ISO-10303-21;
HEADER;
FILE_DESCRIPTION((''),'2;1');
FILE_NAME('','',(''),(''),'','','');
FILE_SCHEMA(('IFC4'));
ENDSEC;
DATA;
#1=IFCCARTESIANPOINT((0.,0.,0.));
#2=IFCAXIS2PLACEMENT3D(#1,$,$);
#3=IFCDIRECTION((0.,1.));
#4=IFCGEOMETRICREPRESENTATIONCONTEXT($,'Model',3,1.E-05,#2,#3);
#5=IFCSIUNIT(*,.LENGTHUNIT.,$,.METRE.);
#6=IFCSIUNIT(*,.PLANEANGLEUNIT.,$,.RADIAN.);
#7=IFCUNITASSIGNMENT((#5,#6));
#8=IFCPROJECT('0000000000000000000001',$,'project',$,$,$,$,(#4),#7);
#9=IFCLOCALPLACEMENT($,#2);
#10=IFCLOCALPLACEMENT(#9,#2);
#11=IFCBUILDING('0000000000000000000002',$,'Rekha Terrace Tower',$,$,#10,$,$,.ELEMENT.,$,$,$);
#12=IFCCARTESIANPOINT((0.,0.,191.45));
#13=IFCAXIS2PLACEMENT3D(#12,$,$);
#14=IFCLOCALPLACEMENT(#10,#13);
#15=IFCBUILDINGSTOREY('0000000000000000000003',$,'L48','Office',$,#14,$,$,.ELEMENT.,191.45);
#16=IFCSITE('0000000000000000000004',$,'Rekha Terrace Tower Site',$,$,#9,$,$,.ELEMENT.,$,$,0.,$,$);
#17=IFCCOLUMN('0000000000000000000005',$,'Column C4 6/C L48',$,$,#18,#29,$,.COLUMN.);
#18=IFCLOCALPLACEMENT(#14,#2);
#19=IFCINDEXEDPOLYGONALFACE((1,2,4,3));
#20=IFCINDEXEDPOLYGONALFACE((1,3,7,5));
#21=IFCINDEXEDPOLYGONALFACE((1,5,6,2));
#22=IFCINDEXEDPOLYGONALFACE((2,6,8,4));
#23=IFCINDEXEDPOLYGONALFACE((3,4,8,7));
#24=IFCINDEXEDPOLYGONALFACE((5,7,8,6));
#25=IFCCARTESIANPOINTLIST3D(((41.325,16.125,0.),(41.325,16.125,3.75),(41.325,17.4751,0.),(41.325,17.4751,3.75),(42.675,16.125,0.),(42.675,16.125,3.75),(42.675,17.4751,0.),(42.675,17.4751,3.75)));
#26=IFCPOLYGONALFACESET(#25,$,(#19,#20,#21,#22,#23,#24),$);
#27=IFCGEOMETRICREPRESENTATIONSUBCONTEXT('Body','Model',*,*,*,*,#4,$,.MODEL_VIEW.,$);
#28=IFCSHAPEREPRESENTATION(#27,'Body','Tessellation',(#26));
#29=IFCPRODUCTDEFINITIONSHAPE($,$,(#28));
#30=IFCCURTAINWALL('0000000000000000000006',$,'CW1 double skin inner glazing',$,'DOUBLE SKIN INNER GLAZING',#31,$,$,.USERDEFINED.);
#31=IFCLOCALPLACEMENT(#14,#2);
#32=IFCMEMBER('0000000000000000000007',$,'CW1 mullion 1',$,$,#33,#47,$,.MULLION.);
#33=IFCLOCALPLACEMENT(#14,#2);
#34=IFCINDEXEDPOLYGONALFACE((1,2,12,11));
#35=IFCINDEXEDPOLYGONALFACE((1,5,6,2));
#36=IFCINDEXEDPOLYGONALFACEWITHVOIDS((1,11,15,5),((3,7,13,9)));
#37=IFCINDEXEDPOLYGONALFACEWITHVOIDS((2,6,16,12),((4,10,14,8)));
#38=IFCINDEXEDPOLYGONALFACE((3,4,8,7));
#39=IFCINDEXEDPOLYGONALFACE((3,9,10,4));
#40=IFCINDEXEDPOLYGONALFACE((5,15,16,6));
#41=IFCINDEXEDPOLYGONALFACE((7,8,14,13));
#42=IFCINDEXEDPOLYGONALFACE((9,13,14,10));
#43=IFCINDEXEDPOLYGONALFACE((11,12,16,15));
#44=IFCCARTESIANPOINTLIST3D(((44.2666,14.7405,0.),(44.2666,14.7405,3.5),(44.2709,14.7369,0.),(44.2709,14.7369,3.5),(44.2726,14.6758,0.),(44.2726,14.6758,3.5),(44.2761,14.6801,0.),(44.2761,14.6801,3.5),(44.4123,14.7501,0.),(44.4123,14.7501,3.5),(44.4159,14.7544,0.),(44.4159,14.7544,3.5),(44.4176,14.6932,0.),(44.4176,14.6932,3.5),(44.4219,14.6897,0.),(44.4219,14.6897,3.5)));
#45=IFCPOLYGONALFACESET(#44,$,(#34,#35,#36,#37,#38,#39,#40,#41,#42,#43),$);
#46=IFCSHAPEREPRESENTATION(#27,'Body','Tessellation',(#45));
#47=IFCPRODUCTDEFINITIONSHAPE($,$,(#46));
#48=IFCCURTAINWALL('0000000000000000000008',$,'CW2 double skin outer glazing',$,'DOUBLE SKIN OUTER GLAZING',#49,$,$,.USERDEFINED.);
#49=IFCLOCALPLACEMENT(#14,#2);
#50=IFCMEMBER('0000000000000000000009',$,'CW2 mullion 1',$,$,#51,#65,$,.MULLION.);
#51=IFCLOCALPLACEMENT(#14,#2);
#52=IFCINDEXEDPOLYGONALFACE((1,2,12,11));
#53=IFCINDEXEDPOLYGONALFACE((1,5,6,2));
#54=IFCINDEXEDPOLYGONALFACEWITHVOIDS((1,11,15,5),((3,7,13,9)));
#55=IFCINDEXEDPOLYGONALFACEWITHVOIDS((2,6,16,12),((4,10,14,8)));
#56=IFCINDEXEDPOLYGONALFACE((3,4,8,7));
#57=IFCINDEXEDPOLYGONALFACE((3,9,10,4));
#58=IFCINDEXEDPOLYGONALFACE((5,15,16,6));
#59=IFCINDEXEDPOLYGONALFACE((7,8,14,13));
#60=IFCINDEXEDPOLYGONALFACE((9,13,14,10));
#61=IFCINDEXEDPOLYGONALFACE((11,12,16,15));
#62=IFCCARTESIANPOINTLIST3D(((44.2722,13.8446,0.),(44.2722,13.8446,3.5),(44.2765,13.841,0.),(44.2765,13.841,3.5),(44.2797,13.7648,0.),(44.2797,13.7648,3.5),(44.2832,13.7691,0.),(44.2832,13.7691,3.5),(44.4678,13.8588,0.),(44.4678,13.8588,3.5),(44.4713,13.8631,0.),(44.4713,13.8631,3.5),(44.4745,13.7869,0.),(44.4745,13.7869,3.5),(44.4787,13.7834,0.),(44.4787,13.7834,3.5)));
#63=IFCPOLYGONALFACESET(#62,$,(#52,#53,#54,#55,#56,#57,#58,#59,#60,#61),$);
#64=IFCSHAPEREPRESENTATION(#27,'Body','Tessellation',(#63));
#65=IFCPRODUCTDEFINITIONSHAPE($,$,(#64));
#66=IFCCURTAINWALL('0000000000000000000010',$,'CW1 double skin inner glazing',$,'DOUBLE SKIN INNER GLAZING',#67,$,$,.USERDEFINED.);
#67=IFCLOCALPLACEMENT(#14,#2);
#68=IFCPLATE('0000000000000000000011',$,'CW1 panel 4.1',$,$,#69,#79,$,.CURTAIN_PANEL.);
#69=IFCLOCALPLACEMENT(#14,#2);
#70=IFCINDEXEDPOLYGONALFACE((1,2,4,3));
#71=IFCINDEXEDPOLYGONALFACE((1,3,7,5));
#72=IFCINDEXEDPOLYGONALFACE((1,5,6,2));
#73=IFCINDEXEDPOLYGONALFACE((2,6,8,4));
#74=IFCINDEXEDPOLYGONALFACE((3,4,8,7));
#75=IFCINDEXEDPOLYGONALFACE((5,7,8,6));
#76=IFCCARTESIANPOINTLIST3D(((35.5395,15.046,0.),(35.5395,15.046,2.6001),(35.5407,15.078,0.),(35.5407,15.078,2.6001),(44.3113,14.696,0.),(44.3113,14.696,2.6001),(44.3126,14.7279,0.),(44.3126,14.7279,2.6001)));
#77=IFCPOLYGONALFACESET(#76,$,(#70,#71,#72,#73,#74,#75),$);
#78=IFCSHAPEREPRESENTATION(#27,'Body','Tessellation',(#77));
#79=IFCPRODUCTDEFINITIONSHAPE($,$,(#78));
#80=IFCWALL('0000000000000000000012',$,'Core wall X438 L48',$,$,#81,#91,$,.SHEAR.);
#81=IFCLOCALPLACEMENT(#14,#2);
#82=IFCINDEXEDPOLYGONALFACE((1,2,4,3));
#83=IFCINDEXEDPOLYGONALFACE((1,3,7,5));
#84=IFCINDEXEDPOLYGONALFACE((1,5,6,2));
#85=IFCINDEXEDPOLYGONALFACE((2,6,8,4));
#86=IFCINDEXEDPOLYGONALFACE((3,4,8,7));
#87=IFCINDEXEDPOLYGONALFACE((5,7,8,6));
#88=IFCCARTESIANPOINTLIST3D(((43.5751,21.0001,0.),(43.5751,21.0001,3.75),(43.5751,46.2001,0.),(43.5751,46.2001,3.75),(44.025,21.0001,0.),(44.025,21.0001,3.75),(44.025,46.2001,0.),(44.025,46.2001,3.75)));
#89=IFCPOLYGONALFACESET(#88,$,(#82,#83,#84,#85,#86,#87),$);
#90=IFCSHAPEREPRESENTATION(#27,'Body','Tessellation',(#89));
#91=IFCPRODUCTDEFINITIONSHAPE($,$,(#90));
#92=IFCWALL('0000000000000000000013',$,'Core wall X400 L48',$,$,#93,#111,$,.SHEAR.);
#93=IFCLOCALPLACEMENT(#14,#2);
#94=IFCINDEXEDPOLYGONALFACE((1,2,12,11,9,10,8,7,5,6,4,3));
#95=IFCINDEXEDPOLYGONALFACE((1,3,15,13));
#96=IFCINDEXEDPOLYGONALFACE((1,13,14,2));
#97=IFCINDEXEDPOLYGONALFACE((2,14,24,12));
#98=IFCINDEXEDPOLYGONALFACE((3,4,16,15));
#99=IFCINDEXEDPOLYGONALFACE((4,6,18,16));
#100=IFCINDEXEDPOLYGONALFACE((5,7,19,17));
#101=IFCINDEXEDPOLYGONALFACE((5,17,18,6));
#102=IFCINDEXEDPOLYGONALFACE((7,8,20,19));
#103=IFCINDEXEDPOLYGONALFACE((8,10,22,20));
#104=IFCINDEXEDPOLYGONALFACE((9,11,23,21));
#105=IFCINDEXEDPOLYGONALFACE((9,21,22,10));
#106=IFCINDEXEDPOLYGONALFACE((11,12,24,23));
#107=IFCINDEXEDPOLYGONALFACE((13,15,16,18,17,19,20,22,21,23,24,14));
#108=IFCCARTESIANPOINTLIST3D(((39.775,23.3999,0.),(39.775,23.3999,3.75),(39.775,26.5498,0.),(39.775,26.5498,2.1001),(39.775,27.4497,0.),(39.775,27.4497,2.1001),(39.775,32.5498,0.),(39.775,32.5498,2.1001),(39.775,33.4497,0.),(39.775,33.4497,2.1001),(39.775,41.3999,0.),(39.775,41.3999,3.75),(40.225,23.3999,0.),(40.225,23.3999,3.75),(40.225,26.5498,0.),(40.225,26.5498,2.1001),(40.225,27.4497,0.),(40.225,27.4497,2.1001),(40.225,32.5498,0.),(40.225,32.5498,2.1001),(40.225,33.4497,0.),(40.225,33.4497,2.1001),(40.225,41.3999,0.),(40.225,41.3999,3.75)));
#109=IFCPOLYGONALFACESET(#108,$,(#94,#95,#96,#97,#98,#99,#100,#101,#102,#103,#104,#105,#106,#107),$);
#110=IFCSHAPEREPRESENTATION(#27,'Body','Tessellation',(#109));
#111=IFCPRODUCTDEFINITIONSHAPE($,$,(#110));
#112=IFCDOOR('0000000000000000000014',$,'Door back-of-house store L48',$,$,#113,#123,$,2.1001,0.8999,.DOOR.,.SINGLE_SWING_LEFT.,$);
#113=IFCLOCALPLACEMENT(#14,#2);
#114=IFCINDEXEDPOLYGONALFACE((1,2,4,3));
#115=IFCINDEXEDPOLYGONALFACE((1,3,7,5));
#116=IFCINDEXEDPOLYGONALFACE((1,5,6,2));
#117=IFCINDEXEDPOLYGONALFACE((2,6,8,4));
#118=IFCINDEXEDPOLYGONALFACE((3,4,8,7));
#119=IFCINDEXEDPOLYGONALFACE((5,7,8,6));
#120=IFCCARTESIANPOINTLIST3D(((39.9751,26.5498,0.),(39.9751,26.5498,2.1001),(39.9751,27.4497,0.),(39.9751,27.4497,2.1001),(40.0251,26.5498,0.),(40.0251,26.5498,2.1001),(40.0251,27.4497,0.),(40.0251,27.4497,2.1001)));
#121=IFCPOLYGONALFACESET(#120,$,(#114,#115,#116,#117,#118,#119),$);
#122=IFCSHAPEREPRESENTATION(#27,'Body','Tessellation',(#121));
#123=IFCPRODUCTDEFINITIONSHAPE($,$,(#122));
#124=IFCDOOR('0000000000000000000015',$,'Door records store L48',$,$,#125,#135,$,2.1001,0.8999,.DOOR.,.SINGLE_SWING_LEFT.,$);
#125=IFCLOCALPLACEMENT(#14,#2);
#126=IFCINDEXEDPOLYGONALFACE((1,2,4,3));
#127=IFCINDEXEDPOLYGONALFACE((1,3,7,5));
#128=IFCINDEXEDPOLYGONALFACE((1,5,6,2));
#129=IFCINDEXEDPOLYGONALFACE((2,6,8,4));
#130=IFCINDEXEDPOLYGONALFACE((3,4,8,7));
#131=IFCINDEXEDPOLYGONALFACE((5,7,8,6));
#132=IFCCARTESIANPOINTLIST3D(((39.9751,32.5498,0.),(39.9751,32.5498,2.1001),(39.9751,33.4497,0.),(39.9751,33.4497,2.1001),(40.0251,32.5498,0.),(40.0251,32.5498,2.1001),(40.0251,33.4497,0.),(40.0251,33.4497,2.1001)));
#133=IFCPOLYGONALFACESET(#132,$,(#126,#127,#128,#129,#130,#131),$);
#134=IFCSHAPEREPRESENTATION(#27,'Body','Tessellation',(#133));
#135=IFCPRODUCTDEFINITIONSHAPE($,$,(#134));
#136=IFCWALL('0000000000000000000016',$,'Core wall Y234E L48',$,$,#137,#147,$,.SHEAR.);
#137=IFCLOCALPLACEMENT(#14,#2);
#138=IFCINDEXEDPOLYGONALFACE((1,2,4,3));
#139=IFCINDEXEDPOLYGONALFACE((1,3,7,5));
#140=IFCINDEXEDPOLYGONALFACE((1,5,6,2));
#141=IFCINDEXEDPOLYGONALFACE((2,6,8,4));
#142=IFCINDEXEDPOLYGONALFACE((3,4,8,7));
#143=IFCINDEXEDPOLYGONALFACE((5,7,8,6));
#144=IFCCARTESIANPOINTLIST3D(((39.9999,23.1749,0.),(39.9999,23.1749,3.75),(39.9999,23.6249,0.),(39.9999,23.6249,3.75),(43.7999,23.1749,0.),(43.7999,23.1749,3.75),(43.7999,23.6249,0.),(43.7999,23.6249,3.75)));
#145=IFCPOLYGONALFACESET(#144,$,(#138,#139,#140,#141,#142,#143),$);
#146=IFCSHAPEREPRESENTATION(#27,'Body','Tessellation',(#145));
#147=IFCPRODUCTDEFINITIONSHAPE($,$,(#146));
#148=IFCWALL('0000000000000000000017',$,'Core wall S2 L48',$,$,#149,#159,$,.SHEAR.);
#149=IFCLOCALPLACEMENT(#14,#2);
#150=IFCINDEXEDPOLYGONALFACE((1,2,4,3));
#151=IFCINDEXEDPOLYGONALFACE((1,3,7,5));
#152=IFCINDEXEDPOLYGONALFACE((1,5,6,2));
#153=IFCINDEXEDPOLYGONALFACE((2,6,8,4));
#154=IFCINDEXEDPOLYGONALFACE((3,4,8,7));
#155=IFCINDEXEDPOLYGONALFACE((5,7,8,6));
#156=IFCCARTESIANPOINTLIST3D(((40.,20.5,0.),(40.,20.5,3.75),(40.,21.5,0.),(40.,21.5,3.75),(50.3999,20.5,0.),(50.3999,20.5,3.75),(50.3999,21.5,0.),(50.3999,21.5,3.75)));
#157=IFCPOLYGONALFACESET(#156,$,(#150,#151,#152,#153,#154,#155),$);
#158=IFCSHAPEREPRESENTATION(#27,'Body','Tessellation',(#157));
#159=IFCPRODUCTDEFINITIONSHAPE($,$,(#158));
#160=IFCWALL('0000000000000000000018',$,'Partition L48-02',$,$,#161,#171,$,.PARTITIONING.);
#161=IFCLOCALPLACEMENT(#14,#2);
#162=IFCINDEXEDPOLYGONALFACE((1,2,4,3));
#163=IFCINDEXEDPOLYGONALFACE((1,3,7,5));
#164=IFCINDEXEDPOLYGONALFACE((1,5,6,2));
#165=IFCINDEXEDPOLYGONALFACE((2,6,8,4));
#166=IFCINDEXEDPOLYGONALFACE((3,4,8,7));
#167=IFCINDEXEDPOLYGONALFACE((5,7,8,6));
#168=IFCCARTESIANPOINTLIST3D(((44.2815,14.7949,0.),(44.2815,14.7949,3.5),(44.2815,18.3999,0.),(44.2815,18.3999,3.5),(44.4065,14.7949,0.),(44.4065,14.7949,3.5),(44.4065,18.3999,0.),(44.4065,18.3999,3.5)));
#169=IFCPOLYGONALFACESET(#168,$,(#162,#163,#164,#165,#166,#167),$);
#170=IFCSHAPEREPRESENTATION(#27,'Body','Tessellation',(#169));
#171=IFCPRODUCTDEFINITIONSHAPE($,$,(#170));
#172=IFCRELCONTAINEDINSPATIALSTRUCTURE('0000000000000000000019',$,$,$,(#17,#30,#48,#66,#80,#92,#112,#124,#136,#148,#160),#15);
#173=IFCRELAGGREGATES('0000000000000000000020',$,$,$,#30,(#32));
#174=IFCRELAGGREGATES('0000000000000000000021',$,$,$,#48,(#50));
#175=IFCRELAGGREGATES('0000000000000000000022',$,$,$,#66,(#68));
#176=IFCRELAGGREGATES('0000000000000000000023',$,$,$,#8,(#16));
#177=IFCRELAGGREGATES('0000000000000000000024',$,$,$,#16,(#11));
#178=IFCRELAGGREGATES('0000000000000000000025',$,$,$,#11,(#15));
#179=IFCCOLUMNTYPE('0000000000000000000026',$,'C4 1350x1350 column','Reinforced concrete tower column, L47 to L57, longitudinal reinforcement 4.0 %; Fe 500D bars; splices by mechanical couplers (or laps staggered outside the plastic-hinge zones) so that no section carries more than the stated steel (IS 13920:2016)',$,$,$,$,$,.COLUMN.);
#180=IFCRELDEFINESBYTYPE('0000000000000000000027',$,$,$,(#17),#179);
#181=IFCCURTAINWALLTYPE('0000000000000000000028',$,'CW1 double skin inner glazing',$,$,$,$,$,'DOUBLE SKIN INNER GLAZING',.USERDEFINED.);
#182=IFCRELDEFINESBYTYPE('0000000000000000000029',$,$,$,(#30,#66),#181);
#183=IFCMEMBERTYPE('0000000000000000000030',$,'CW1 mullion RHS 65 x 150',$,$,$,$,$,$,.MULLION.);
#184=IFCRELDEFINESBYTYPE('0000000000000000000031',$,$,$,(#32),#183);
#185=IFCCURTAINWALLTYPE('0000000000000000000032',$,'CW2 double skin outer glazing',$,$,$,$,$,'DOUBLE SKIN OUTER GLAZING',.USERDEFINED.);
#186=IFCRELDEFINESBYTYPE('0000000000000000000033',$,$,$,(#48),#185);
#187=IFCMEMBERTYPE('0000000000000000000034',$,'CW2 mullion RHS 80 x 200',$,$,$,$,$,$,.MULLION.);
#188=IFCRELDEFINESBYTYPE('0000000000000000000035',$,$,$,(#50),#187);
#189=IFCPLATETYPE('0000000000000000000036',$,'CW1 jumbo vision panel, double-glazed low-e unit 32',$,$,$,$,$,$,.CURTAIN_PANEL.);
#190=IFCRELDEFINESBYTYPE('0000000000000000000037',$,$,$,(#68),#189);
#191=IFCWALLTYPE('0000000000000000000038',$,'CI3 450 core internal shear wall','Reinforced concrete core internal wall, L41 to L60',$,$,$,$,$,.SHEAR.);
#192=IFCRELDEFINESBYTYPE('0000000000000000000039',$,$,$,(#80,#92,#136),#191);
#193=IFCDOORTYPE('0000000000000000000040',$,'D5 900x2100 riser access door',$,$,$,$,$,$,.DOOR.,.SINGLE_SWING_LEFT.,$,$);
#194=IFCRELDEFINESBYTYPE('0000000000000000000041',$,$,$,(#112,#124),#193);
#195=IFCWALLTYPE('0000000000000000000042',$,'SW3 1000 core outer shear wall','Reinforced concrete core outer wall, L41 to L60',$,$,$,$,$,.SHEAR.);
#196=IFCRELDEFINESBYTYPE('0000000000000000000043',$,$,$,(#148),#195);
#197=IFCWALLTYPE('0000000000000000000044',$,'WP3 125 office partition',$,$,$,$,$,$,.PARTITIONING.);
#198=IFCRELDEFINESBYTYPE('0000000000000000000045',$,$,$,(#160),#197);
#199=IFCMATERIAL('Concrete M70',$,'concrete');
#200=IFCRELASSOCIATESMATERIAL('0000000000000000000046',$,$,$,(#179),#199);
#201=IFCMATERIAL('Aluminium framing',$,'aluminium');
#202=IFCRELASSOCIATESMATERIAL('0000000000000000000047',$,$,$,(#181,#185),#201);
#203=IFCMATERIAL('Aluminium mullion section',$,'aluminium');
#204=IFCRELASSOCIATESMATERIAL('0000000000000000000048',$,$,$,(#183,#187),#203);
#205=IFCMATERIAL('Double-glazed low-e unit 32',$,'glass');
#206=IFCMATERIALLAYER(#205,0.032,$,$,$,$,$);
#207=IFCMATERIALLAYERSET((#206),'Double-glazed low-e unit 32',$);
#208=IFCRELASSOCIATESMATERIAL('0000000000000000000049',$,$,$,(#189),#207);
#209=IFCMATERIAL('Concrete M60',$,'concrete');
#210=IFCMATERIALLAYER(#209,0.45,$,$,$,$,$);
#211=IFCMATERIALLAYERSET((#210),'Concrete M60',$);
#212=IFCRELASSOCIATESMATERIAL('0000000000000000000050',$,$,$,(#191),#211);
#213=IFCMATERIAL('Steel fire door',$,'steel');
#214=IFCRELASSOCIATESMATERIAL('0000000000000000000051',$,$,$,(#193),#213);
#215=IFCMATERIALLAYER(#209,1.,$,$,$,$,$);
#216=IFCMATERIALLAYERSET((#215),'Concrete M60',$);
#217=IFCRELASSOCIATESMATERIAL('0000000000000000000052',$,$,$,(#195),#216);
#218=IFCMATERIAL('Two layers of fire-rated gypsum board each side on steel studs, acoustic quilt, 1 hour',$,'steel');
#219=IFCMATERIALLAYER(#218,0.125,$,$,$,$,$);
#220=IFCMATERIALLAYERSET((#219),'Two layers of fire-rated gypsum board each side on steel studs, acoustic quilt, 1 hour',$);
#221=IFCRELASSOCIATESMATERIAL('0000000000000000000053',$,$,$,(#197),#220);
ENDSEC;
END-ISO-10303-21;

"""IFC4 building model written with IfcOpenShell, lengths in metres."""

from ifc_helpers import new_model, si_unit, direction, frame, frame_2d, origin, origin_2d, place, context, subcontext, project, spatial, rectangle, hollow_rectangle, extrude, material, layer, layer_set, material_profile, profile_set, type_object, element, fill, aggregate, save


model = new_model("IFC4")

# Units and contexts
model_context = context("Model", 3, precision=1e-05, world=origin(), true_north=direction((0.0, 1.0)))
body_context = subcontext(model_context, "Body", "Model", "MODEL_VIEW")
ifc_project = project(units=[si_unit("LENGTHUNIT", "METRE"), si_unit("PLANEANGLEUNIT", "RADIAN")], contexts=[model_context])

# Site, building, storey
site_placement = place(None, origin())
site = spatial("IfcSite", under=ifc_project, at=site_placement, Name="Rekha Terrace Tower Site", CompositionType="ELEMENT", RefElevation=0.0)
building_placement = place(site_placement, origin())
building = spatial("IfcBuilding", under=site, at=building_placement, Name="Rekha Terrace Tower", CompositionType="ELEMENT")
storey_placement = place(building_placement, frame((0.0, 0.0, 191.45)))
storey = spatial("IfcBuildingStorey", under=building, at=storey_placement, Name="L48", Description="Office", CompositionType="ELEMENT", Elevation=191.45)

# Column
ifc_material_1 = material(Name="Concrete M70", Category="concrete")
ifc_material_profile_1 = material_profile(ifc_material_1, rectangle(XDim=1.3501, YDim=1.3501, at=origin_2d()), Name="RC 1350x1350")
ifc_profile_set_1 = profile_set([ifc_material_profile_1], Name="Concrete M70")
column_type = type_object("IfcColumnType", Name="C4 1350x1350 column", Description="Reinforced concrete tower column, L47 to L57, longitudinal reinforcement 4.0 %; Fe 500D bars; splices by mechanical couplers (or laps staggered outside the plastic-hinge zones) so that no section carries more than the stated steel (IS 13920:2016)", PredefinedType="COLUMN", material=ifc_profile_set_1)
column_placement = place(storey_placement, frame((42.0, 16.8, 0.0), z_axis=(0.0, 0.0, 1.0), x_axis=(1.0, 0.0, 0.0)))
element("IfcColumn", 1, at=column_placement, inside=storey, type_object=column_type, Name="Column C4 6/C L48", PredefinedType="COLUMN", context=body_context, shape_type="SweptSolid", body=[
    extrude(rectangle(XDim=1.3501, YDim=1.3501, at=origin_2d()), origin(), (0.0, 0.0, 1.0), 3.75),
])

# Curtain walls, members
ifc_material_2 = material(Name="Aluminium framing", Category="aluminium")
curtain_wall_type_1 = type_object("IfcCurtainWallType", Name="CW1 double skin inner glazing", ElementType="DOUBLE SKIN INNER GLAZING", PredefinedType="USERDEFINED", material=ifc_material_2)
curtain_wall_1_placement = place(storey_placement, origin())
curtain_wall_1 = element("IfcCurtainWall", 2, at=curtain_wall_1_placement, inside=storey, type_object=curtain_wall_type_1, Name="CW1 double skin inner glazing", ObjectType="DOUBLE SKIN INNER GLAZING", PredefinedType="USERDEFINED")
ifc_material_3 = material(Name="Aluminium mullion section", Category="aluminium")
ifc_material_profile_2 = material_profile(ifc_material_3, hollow_rectangle(XDim=0.0649, YDim=0.1499, WallThickness=0.0039, at=origin_2d()), Name="AL RHS 65x150")
ifc_profile_set_2 = profile_set([ifc_material_profile_2], Name="Aluminium mullion section")
member_type_1 = type_object("IfcMemberType", Name="CW1 mullion RHS 65 x 150", PredefinedType="MULLION", material=ifc_profile_set_2)
member_1_placement = place(storey_placement, frame((44.3442, 14.7151, 0.0), z_axis=(0.0, 0.0, 1.0), x_axis=(-0.092709, 0.995693, 0.0)))
member_1 = element("IfcMember", 3, at=member_1_placement, type_object=member_type_1, Name="CW1 mullion 1", PredefinedType="MULLION", context=body_context, shape_type="SweptSolid", body=[
    extrude(hollow_rectangle(XDim=0.0649, YDim=0.1499, WallThickness=0.0039, at=origin_2d()), origin(), (0.0, 0.0, 1.0), 3.5),
])
aggregate(curtain_wall_1, [member_1])
curtain_wall_type_2 = type_object("IfcCurtainWallType", Name="CW2 double skin outer glazing", ElementType="DOUBLE SKIN OUTER GLAZING", PredefinedType="USERDEFINED", material=ifc_material_2)
curtain_wall_2_placement = place(storey_placement, origin())
curtain_wall_2 = element("IfcCurtainWall", 4, at=curtain_wall_2_placement, inside=storey, type_object=curtain_wall_type_2, Name="CW2 double skin outer glazing", ObjectType="DOUBLE SKIN OUTER GLAZING", PredefinedType="USERDEFINED")
ifc_material_profile_3 = material_profile(ifc_material_3, hollow_rectangle(XDim=0.0801, YDim=0.2, WallThickness=0.0039, at=origin_2d()), Name="AL RHS 80x200")
ifc_profile_set_3 = profile_set([ifc_material_profile_3], Name="Aluminium mullion section")
member_type_2 = type_object("IfcMemberType", Name="CW2 mullion RHS 80 x 200", PredefinedType="MULLION", material=ifc_profile_set_3)
member_2_placement = place(storey_placement, frame((44.3755, 13.814, 0.0), z_axis=(0.0, 0.0, 1.0), x_axis=(-0.092709, 0.995693, 0.0)))
member_2 = element("IfcMember", 5, at=member_2_placement, type_object=member_type_2, Name="CW2 mullion 1", PredefinedType="MULLION", context=body_context, shape_type="SweptSolid", body=[
    extrude(hollow_rectangle(XDim=0.0801, YDim=0.2, WallThickness=0.0039, at=origin_2d()), origin(), (0.0, 0.0, 1.0), 3.5),
])
aggregate(curtain_wall_2, [member_2])

# Curtain wall, plate
curtain_wall_3_placement = place(storey_placement, origin())
curtain_wall_3 = element("IfcCurtainWall", 6, at=curtain_wall_3_placement, inside=storey, type_object=curtain_wall_type_1, Name="CW1 double skin inner glazing", ObjectType="DOUBLE SKIN INNER GLAZING", PredefinedType="USERDEFINED")
ifc_material_4 = material(Name="Double-glazed low-e unit 32", Category="glass")
ifc_layer_1 = layer(ifc_material_4, 0.032)
ifc_layer_set_1 = layer_set([ifc_layer_1], Name="Double-glazed low-e unit 32")
plate_type = type_object("IfcPlateType", Name="CW1 jumbo vision panel, double-glazed low-e unit 32", PredefinedType="CURTAIN_PANEL", material=ifc_layer_set_1)
plate_placement = place(storey_placement, frame((39.926, 14.887, 0.0), z_axis=(0.0, 0.0, 1.0), x_axis=(0.999205, -0.039872, 0.0)))
plate = element("IfcPlate", 7, at=plate_placement, type_object=plate_type, Name="CW1 panel 4.1", PredefinedType="CURTAIN_PANEL", context=body_context, shape_type="SweptSolid", body=[
    extrude(rectangle(XDim=8.7788, YDim=0.032, at=origin_2d()), origin(), (0.0, 0.0, 1.0), 2.6001),
])
aggregate(curtain_wall_3, [plate])

# Wall
ifc_material_5 = material(Name="Concrete M60", Category="concrete")
ifc_layer_2 = layer(ifc_material_5, 0.45)
ifc_layer_set_2 = layer_set([ifc_layer_2], Name="Concrete M60")
wall_type_1 = type_object("IfcWallType", Name="CI3 450 core internal shear wall", Description="Reinforced concrete core internal wall, L41 to L60", PredefinedType="SHEAR", material=ifc_layer_set_2)
wall_1_placement = place(storey_placement, frame((43.8, 21.0, 0.0), z_axis=(0.0, 0.0, 1.0), x_axis=(0.0, 1.0, 0.0)))
element("IfcWall", 8, at=wall_1_placement, inside=storey, type_object=wall_type_1, Name="Core wall X438 L48", PredefinedType="SHEAR", context=body_context, shape_type="SweptSolid", body=[
    extrude(rectangle(XDim=25.2, YDim=0.45, at=frame_2d((12.6001, 0.0))), origin(), (0.0, 0.0, 1.0), 3.75),
])

# Wall, openings, doors
wall_2_placement = place(storey_placement, frame((40.0, 23.3999, 0.0), z_axis=(0.0, 0.0, 1.0), x_axis=(0.0, 1.0, 0.0)))
wall_2 = element("IfcWall", 9, at=wall_2_placement, inside=storey, type_object=wall_type_1, Name="Core wall X400 L48", PredefinedType="SHEAR", context=body_context, shape_type="SweptSolid", body=[
    extrude(rectangle(XDim=18.0, YDim=0.45, at=frame_2d((9.0, 0.0))), origin(), (0.0, 0.0, 1.0), 3.75),
])
opening_1_placement = place(wall_2_placement, frame((3.1499, 0.0, 0.0)))
opening_1 = element("IfcOpeningElement", 10, at=opening_1_placement, cuts=wall_2, PredefinedType="OPENING", context=body_context, shape_type="SweptSolid", body=[
    extrude(rectangle(XDim=0.8999, YDim=2.1001, at=frame_2d((0.45, 1.05))), frame((0.0, 0.2349, 0.0), z_axis=(0.0, -1.0, 0.0), x_axis=(1.0, 0.0, 0.0)), (0.0, 0.0, 1.0), 0.47),
])
opening_2_placement = place(wall_2_placement, frame((9.1499, 0.0, 0.0)))
opening_2 = element("IfcOpeningElement", 11, at=opening_2_placement, cuts=wall_2, PredefinedType="OPENING", context=body_context, shape_type="SweptSolid", body=[
    extrude(rectangle(XDim=0.8999, YDim=2.1001, at=frame_2d((0.45, 1.05))), frame((0.0, 0.2349, 0.0), z_axis=(0.0, -1.0, 0.0), x_axis=(1.0, 0.0, 0.0)), (0.0, 0.0, 1.0), 0.47),
])
ifc_material_6 = material(Name="Steel fire door", Category="steel")
door_type_1 = type_object("IfcDoorType", Name="D5 900x2100 riser access door", OperationType="SINGLE_SWING_LEFT", PredefinedType="DOOR", material=ifc_material_6)
door_1_placement = place(opening_1_placement, origin())
door_1 = element("IfcDoor", 12, at=door_1_placement, inside=storey, type_object=door_type_1, Name="Door back-of-house store L48", OperationType="SINGLE_SWING_LEFT", OverallHeight=2.1001, OverallWidth=0.8999, PredefinedType="DOOR", context=body_context, shape_type="SweptSolid", body=[
    extrude(rectangle(XDim=0.8999, YDim=2.1001, at=frame_2d((0.45, 1.05))), frame((0.0, 0.0249, 0.0), z_axis=(0.0, -1.0, 0.0), x_axis=(1.0, 0.0, 0.0)), (0.0, 0.0, 1.0), 0.05),
])
fill(opening_1, door_1)
door_2_placement = place(opening_2_placement, origin())
door_2 = element("IfcDoor", 13, at=door_2_placement, inside=storey, type_object=door_type_1, Name="Door records store L48", OperationType="SINGLE_SWING_LEFT", OverallHeight=2.1001, OverallWidth=0.8999, PredefinedType="DOOR", context=body_context, shape_type="SweptSolid", body=[
    extrude(rectangle(XDim=0.8999, YDim=2.1001, at=frame_2d((0.45, 1.05))), frame((0.0, 0.0249, 0.0), z_axis=(0.0, -1.0, 0.0), x_axis=(1.0, 0.0, 0.0)), (0.0, 0.0, 1.0), 0.05),
])
fill(opening_2, door_2)

# Walls
wall_3_placement = place(storey_placement, frame((40.0, 23.3999, 0.0), z_axis=(0.0, 0.0, 1.0), x_axis=(1.0, 0.0, 0.0)))
element("IfcWall", 14, at=wall_3_placement, inside=storey, type_object=wall_type_1, Name="Core wall Y234E L48", PredefinedType="SHEAR", context=body_context, shape_type="SweptSolid", body=[
    extrude(rectangle(XDim=3.8, YDim=0.45, at=frame_2d((1.8999, 0.0))), origin(), (0.0, 0.0, 1.0), 3.75),
])
ifc_layer_3 = layer(ifc_material_5, 1.0)
ifc_layer_set_3 = layer_set([ifc_layer_3], Name="Concrete M60")
wall_type_2 = type_object("IfcWallType", Name="SW3 1000 core outer shear wall", Description="Reinforced concrete core outer wall, L41 to L60", PredefinedType="SHEAR", material=ifc_layer_set_3)
wall_4_placement = place(storey_placement, frame((40.0, 21.0, 0.0), z_axis=(0.0, 0.0, 1.0), x_axis=(1.0, 0.0, 0.0)))
element("IfcWall", 15, at=wall_4_placement, inside=storey, type_object=wall_type_2, Name="Core wall S2 L48", PredefinedType="SHEAR", context=body_context, shape_type="SweptSolid", body=[
    extrude(rectangle(XDim=10.3999, YDim=1.0, at=frame_2d((5.2, 0.0))), origin(), (0.0, 0.0, 1.0), 3.75),
])
ifc_material_7 = material(Name="Two layers of fire-rated gypsum board each side on steel studs, acoustic quilt, 1 hour", Category="steel")
ifc_layer_4 = layer(ifc_material_7, 0.125)
ifc_layer_set_4 = layer_set([ifc_layer_4], Name="Two layers of fire-rated gypsum board each side on steel studs, acoustic quilt, 1 hour")
wall_type_3 = type_object("IfcWallType", Name="WP3 125 office partition", PredefinedType="PARTITIONING", material=ifc_layer_set_4)
wall_5_placement = place(storey_placement, frame((44.344, 18.3999, 0.0), z_axis=(0.0, 0.0, 1.0), x_axis=(0.0, -1.0, 0.0)))
element("IfcWall", 16, at=wall_5_placement, inside=storey, type_object=wall_type_3, Name="Partition L48-02", PredefinedType="PARTITIONING", context=body_context, shape_type="SweptSolid", body=[
    extrude(rectangle(XDim=3.605, YDim=0.125, at=frame_2d((1.8025, 0.0))), origin(), (0.0, 0.0, 1.0), 3.5),
])

save(model, "model.ifc")
